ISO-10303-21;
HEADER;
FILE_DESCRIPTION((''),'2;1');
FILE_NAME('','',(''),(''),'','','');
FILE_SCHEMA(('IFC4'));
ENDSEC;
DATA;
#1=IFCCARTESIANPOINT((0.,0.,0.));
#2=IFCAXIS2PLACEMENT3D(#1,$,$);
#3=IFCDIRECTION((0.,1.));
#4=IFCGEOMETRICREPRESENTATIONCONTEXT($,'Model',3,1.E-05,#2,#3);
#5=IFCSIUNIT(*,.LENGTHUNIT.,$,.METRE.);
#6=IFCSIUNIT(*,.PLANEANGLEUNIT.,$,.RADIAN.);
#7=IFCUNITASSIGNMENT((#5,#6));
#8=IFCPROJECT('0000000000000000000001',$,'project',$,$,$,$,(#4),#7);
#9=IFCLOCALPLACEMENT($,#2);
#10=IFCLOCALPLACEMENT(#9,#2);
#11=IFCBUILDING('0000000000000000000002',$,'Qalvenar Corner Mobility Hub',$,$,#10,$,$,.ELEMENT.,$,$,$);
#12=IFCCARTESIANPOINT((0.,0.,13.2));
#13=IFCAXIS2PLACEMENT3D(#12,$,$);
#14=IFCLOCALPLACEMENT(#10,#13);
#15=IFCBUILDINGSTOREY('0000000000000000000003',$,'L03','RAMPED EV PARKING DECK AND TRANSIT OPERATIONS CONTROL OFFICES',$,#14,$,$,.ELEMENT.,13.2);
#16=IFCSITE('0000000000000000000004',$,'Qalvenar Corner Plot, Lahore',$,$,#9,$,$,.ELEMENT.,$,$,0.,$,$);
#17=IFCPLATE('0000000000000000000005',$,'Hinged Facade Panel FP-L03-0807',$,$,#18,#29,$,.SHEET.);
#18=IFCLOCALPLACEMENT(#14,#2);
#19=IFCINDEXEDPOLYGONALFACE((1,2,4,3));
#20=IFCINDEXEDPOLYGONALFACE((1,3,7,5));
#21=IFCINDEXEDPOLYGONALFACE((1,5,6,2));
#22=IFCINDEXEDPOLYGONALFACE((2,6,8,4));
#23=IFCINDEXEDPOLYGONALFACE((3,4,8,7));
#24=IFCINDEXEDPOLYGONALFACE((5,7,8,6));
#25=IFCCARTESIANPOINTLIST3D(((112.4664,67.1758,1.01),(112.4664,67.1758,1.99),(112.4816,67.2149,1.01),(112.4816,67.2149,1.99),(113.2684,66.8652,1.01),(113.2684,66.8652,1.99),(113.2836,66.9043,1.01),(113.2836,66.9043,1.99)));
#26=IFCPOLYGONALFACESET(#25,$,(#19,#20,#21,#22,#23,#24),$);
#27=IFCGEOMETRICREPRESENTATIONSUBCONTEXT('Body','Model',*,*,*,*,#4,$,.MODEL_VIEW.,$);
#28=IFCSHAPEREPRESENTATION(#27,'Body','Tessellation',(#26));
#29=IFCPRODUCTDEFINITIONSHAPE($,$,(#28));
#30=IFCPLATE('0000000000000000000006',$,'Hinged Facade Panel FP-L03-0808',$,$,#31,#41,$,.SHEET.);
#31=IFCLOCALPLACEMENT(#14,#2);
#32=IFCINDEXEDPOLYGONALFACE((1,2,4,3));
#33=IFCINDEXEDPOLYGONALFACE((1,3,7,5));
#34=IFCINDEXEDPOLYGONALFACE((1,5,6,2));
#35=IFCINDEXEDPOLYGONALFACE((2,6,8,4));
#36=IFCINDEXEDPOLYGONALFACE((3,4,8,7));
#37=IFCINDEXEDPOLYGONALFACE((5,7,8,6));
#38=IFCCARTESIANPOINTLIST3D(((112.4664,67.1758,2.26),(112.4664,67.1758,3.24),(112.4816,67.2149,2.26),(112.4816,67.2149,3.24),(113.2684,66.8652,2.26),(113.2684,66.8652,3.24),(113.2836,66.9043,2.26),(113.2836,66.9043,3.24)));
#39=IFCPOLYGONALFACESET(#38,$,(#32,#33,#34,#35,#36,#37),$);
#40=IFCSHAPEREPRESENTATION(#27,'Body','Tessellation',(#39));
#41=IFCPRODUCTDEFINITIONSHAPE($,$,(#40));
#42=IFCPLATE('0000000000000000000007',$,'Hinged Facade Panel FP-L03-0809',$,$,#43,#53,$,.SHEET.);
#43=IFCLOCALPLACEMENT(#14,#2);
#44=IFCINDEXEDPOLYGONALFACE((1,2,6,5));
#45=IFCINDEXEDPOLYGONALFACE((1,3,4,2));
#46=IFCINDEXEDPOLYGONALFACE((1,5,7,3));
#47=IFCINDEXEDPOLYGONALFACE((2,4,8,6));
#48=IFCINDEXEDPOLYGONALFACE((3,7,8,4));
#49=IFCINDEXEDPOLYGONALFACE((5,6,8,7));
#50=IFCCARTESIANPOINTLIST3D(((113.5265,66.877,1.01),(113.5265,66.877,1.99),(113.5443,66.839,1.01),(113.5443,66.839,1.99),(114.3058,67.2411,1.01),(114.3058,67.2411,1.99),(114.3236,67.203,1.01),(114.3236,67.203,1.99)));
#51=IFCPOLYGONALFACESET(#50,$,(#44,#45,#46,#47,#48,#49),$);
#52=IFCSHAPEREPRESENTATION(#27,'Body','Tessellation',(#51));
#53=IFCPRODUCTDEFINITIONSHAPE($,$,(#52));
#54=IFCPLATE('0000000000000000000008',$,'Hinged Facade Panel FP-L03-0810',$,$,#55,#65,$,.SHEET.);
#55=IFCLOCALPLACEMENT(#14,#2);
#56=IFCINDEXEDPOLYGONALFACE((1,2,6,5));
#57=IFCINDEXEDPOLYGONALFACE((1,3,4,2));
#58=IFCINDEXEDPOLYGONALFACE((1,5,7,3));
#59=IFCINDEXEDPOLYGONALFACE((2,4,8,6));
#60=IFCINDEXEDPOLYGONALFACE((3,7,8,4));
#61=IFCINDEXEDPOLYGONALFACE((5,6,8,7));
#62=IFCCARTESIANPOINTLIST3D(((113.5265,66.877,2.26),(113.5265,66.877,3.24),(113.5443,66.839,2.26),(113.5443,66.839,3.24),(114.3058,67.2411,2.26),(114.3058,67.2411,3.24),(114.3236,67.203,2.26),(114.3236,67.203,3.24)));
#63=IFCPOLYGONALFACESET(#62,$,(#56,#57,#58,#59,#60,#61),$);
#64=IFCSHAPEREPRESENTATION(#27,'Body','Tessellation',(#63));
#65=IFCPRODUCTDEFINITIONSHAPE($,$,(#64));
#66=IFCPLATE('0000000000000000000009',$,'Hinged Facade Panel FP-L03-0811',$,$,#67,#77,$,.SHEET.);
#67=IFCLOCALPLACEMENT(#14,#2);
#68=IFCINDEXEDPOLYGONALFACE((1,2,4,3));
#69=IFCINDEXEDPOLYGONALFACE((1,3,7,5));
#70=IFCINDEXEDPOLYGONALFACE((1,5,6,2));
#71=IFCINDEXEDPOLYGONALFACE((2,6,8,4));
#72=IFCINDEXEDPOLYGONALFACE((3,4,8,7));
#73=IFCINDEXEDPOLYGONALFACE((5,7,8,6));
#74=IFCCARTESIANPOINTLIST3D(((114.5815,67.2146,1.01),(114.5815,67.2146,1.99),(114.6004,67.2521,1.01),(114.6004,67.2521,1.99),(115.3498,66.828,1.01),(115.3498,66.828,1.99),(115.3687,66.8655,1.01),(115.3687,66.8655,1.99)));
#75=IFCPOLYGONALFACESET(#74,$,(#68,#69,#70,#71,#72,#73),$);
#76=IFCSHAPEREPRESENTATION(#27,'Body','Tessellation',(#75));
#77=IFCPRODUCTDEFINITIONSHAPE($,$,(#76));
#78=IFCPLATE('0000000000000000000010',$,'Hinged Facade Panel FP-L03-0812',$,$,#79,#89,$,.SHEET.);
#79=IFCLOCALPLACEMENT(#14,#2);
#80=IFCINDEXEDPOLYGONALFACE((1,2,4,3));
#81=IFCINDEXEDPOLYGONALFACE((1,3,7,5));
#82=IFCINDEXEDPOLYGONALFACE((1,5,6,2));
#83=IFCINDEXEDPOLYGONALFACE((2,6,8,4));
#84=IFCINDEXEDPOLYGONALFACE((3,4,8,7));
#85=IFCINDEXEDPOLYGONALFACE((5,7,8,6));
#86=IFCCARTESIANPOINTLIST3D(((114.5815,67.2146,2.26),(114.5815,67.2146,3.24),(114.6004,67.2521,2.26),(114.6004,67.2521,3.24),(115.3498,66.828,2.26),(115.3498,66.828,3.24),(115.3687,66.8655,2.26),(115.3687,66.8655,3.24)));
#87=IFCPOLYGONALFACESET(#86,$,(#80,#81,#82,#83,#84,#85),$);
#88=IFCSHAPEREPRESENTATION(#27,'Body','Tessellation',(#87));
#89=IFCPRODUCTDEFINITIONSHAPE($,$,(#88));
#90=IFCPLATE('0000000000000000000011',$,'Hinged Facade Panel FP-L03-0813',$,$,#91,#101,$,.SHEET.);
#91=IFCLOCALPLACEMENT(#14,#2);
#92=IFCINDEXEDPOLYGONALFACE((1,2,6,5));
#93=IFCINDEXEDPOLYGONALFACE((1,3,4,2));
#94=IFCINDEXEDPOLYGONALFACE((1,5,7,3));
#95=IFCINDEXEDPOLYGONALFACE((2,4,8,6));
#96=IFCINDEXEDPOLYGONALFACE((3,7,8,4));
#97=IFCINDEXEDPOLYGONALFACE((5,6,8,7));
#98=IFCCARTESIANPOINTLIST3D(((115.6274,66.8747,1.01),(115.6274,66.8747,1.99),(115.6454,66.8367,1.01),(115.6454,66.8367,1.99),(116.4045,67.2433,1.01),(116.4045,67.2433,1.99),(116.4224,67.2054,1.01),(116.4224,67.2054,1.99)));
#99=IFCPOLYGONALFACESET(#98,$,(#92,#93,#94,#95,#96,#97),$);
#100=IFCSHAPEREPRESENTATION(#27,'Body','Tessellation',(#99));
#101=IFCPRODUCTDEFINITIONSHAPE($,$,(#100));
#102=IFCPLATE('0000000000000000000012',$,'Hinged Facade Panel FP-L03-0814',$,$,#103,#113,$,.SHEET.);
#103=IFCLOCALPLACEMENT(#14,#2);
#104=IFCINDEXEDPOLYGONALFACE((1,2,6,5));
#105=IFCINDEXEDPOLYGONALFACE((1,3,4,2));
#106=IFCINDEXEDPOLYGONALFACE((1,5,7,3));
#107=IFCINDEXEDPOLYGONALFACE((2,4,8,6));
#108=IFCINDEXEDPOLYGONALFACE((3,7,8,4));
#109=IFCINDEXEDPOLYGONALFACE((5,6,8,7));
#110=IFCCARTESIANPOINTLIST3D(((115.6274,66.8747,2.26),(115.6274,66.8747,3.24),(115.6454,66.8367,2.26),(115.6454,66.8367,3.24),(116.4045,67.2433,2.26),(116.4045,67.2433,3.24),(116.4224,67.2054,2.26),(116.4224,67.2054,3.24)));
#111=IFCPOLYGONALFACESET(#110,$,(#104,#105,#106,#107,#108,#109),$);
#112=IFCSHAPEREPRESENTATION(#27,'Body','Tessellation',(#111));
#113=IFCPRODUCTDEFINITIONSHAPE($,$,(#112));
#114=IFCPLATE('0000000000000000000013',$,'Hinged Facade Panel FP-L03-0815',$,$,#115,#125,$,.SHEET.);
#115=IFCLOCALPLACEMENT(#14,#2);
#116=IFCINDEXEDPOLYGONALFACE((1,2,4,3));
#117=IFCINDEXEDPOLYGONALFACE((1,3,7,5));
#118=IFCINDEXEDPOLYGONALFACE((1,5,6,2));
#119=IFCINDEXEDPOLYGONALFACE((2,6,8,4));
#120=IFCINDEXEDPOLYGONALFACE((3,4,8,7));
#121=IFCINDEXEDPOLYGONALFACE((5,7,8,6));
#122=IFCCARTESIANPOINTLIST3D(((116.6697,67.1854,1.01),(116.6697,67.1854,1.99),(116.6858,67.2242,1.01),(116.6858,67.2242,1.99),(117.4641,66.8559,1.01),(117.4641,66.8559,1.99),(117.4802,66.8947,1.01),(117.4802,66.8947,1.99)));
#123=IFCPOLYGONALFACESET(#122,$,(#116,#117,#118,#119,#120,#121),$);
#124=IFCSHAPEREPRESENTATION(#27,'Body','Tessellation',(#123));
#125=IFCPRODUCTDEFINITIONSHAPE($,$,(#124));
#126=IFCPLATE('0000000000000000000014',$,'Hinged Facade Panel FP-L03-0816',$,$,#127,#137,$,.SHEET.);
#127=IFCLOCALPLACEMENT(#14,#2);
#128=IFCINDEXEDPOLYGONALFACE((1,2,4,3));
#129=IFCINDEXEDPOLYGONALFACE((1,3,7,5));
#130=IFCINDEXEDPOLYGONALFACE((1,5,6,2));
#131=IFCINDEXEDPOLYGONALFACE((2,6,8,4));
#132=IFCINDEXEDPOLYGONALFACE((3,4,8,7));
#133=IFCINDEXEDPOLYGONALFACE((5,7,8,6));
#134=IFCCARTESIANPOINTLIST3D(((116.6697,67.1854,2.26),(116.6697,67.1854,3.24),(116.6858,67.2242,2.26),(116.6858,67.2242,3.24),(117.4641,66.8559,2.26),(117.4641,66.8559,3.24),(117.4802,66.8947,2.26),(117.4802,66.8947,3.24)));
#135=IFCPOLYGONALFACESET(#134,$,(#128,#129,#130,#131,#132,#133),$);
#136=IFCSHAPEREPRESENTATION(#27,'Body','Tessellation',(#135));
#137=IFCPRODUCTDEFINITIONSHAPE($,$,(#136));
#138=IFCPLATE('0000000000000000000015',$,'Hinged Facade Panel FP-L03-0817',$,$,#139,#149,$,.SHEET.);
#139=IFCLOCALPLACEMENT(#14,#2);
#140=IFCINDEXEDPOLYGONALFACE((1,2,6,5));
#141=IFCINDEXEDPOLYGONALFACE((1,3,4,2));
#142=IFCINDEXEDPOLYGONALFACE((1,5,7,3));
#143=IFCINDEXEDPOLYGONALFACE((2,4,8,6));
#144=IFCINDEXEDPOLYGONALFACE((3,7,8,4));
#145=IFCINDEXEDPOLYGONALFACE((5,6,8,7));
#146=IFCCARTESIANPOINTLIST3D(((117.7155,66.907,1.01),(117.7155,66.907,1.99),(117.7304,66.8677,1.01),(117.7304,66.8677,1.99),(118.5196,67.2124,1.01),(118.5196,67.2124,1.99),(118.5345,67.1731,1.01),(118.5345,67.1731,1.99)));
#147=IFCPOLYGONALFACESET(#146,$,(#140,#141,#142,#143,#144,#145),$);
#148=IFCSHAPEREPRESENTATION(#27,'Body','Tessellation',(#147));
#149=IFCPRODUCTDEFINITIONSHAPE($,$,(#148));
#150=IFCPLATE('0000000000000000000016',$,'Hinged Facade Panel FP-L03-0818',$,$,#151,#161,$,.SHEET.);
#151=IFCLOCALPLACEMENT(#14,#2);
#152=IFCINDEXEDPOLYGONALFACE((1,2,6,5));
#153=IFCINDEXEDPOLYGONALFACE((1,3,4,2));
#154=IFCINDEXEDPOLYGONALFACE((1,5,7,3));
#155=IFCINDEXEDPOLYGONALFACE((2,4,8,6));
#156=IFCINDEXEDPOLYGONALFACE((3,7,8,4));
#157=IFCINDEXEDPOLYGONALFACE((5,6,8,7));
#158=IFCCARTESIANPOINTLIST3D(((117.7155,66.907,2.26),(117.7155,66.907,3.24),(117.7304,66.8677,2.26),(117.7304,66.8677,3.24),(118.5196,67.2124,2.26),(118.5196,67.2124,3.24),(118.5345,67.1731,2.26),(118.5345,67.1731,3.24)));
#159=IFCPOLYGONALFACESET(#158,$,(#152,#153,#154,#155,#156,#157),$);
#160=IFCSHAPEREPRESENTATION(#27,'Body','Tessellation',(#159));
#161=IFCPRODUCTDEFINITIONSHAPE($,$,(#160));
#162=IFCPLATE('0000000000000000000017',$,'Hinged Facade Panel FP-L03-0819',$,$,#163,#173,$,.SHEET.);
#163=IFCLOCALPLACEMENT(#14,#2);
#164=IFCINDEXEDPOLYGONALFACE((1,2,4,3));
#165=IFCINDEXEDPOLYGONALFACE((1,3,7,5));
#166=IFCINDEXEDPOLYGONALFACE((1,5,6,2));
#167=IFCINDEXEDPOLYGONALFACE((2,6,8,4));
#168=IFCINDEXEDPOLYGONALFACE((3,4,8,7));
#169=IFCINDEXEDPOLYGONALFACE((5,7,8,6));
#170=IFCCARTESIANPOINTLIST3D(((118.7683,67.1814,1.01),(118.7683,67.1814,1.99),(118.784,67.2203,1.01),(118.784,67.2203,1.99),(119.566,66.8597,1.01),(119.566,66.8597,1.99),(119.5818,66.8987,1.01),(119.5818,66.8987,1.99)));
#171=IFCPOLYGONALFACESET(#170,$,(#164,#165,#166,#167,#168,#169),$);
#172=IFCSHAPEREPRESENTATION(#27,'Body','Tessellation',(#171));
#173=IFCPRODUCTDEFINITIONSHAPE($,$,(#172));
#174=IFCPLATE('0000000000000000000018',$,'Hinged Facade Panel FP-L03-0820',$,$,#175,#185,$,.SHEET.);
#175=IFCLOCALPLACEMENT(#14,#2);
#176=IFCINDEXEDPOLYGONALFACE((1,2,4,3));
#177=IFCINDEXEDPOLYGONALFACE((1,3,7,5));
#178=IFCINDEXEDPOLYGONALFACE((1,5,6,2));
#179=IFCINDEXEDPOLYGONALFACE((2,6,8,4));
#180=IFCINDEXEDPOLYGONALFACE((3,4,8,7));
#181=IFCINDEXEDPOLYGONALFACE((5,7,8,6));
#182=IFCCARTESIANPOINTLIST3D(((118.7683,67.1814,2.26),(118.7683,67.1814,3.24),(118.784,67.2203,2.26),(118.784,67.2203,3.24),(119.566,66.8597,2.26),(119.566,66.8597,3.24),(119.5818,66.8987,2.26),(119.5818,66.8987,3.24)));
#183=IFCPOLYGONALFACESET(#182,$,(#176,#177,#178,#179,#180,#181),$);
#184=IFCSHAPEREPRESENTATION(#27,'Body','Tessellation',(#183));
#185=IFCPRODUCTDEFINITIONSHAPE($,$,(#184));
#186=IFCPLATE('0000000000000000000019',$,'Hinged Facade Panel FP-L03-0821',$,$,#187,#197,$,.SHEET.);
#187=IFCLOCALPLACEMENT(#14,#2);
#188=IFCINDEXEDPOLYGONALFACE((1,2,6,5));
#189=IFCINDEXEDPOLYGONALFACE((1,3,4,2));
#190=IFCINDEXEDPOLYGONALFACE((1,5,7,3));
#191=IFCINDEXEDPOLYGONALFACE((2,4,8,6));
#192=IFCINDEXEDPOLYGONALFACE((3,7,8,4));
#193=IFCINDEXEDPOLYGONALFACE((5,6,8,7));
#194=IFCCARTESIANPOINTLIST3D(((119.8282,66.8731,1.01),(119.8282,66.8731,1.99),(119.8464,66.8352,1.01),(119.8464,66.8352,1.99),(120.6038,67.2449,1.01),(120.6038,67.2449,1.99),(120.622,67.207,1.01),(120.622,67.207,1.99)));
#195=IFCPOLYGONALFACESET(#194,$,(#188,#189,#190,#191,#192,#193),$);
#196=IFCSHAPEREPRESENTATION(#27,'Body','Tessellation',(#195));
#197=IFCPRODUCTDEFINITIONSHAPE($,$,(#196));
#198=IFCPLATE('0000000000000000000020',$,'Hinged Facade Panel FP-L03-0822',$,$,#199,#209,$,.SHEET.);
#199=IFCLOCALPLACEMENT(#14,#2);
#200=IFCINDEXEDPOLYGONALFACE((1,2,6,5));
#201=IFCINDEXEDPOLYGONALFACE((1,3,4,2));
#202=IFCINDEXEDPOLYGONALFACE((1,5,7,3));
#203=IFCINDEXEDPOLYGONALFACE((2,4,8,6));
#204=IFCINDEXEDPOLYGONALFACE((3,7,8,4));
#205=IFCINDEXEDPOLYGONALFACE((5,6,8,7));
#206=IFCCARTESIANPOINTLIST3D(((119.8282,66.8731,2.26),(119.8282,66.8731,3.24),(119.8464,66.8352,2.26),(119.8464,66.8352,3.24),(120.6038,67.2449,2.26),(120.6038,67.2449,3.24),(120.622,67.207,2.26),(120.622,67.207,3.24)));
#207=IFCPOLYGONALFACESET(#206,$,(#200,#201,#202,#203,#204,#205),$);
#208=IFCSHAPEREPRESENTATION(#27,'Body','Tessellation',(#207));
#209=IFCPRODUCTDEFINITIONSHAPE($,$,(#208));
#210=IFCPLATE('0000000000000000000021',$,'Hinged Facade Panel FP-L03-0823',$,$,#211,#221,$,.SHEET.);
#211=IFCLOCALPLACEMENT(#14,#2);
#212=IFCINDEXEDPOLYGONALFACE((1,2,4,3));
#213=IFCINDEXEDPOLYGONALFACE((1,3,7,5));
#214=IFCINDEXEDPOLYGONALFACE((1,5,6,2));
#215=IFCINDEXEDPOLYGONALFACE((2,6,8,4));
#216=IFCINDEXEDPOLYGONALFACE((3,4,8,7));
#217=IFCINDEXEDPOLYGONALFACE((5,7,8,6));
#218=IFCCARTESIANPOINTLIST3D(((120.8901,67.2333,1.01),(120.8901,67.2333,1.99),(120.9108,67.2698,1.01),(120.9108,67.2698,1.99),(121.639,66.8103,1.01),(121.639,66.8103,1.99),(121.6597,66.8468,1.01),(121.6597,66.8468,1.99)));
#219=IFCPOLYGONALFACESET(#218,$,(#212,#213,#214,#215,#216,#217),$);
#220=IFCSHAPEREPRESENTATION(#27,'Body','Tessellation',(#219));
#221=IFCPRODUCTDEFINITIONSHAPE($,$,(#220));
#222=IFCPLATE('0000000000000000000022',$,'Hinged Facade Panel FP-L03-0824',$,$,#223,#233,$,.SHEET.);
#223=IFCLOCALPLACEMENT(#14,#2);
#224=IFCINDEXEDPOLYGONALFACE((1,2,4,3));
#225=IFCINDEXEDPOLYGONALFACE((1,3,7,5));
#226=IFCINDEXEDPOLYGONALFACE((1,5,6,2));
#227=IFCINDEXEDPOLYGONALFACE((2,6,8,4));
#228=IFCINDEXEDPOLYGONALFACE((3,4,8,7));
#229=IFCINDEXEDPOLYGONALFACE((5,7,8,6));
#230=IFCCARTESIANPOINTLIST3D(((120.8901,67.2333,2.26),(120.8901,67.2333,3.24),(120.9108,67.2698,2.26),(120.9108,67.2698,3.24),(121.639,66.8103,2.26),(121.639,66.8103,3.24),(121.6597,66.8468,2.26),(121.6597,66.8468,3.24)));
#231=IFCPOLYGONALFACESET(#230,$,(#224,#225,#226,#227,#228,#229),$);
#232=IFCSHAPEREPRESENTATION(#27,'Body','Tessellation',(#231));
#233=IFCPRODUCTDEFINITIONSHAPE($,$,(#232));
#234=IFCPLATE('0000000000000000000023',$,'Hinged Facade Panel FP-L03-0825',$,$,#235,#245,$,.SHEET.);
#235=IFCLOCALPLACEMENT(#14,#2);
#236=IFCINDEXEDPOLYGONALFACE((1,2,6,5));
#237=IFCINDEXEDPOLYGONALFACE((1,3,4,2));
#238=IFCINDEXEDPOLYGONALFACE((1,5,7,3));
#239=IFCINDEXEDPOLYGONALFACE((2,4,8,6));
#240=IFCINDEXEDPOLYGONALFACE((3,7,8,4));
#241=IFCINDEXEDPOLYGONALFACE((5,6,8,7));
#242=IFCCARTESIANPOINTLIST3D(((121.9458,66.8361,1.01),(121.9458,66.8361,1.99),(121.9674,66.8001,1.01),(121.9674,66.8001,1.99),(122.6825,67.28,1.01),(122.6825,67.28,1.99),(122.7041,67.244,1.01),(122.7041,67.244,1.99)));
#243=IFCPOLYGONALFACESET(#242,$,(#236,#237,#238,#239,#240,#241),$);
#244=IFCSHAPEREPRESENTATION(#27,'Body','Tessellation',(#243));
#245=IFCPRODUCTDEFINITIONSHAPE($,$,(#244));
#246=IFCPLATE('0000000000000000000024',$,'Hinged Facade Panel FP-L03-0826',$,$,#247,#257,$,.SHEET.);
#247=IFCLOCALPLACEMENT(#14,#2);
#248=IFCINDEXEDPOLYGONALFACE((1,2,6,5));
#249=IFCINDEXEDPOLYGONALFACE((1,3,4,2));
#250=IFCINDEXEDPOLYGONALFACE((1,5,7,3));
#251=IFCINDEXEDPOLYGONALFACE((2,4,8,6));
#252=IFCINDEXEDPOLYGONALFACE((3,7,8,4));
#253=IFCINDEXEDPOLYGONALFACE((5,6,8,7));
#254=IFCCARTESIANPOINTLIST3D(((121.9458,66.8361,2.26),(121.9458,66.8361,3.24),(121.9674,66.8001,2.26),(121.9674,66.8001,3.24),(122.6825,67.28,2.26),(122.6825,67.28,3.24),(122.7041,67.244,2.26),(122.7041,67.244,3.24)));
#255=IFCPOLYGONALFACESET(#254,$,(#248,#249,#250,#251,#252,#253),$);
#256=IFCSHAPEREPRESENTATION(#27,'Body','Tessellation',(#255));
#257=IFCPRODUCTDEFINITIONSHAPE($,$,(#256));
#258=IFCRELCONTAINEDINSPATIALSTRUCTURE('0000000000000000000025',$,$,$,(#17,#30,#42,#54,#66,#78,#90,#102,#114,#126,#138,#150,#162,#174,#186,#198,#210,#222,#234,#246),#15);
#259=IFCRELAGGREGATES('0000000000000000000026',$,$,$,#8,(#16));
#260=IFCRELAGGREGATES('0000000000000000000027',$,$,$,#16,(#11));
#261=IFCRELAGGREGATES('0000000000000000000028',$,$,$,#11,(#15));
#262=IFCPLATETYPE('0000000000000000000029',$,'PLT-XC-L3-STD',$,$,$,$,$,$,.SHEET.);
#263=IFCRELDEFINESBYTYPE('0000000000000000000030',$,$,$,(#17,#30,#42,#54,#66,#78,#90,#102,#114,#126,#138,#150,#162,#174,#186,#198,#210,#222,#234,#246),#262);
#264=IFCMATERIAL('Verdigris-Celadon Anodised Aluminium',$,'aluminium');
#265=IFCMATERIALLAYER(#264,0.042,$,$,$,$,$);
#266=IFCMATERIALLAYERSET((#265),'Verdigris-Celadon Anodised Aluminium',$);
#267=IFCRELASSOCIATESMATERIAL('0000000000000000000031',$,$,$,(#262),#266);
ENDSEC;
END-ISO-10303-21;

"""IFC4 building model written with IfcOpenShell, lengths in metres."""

from ifc_helpers import new_model, si_unit, direction, frame, origin, origin_2d, place, context, subcontext, project, spatial, rectangle, extrude, material, layer, layer_set, type_object, element, save


model = new_model("IFC4")

# Units and contexts
model_context = context("Model", 3, precision=1e-05, world=origin(), true_north=direction((0.0, 1.0)))
body_context = subcontext(model_context, "Body", "Model", "MODEL_VIEW")
ifc_project = project(units=[si_unit("LENGTHUNIT", "METRE"), si_unit("PLANEANGLEUNIT", "RADIAN")], contexts=[model_context])

# Site, building, storey
site_placement = place(None, origin())
site = spatial("IfcSite", under=ifc_project, at=site_placement, Name="Qalvenar Corner Plot, Lahore", CompositionType="ELEMENT", RefElevation=0.0)
building_placement = place(site_placement, origin())
building = spatial("IfcBuilding", under=site, at=building_placement, Name="Qalvenar Corner Mobility Hub", CompositionType="ELEMENT")
storey_placement = place(building_placement, frame((0.0, 0.0, 13.2)))
storey = spatial("IfcBuildingStorey", under=building, at=storey_placement, Name="L03", Description="RAMPED EV PARKING DECK AND TRANSIT OPERATIONS CONTROL OFFICES", CompositionType="ELEMENT", Elevation=13.2)

# Plates
ifc_material = material(Name="Verdigris-Celadon Anodised Aluminium", Category="aluminium")
ifc_layer = layer(ifc_material, 0.042)
ifc_layer_set = layer_set([ifc_layer], Name="Verdigris-Celadon Anodised Aluminium")
plate_type = type_object("IfcPlateType", Name="PLT-XC-L3-STD", PredefinedType="SHEET", material=ifc_layer_set)
for number, where, z_axis, x_axis, name in (
    (1, (112.875, 67.04, 1.01), (0.0, 0.0, 1.0), (0.932513, -0.361136, 0.0), "Hinged Facade Panel FP-L03-0807"),
    (2, (112.875, 67.04, 2.26), (0.0, 0.0, 1.0), (0.932513, -0.361136, 0.0), "Hinged Facade Panel FP-L03-0808"),
    (3, (113.925, 67.04, 1.01), (0.0, 0.0, 1.0), (0.906013, 0.423251, 0.0), "Hinged Facade Panel FP-L03-0809"),
    (4, (113.925, 67.04, 2.26), (0.0, 0.0, 1.0), (0.906013, 0.423251, 0.0), "Hinged Facade Panel FP-L03-0810"),
    (5, (114.9751, 67.04, 1.01), (0.0, 0.0, 1.0), (0.893293, -0.449475, 0.0), "Hinged Facade Panel FP-L03-0811"),
    (6, (114.9751, 67.04, 2.26), (0.0, 0.0, 1.0), (0.893293, -0.449475, 0.0), "Hinged Facade Panel FP-L03-0812"),
    (7, (116.0249, 67.04, 1.01), (0.0, 0.0, 1.0), (0.903485, 0.42862, 0.0), "Hinged Facade Panel FP-L03-0813"),
    (8, (116.0249, 67.04, 2.26), (0.0, 0.0, 1.0), (0.903485, 0.42862, 0.0), "Hinged Facade Panel FP-L03-0814"),
    (9, (117.075, 67.04, 1.01), (0.0, 0.0, 1.0), (0.923679, -0.383167, 0.0), "Hinged Facade Panel FP-L03-0815"),
    (10, (117.075, 67.04, 2.26), (0.0, 0.0, 1.0), (0.923679, -0.383167, 0.0), "Hinged Facade Panel FP-L03-0816"),
    (11, (118.125, 67.04, 1.01), (0.0, 0.0, 1.0), (0.934826, 0.355107, 0.0), "Hinged Facade Panel FP-L03-0817"),
    (12, (118.125, 67.04, 2.26), (0.0, 0.0, 1.0), (0.934826, 0.355107, 0.0), "Hinged Facade Panel FP-L03-0818"),
    (13, (119.175, 67.04, 1.01), (0.0, 0.0, 1.0), (0.927445, -0.373959, 0.0), "Hinged Facade Panel FP-L03-0819"),
    (14, (119.175, 67.04, 2.26), (0.0, 0.0, 1.0), (0.927445, -0.373959, 0.0), "Hinged Facade Panel FP-L03-0820"),
    (15, (120.2251, 67.04, 1.01), (0.0, 0.0, 1.0), (0.901757, 0.432243, 0.0), "Hinged Facade Panel FP-L03-0821"),
    (16, (120.2251, 67.04, 2.26), (0.0, 0.0, 1.0), (0.901757, 0.432243, 0.0), "Hinged Facade Panel FP-L03-0822"),
    (17, (121.2749, 67.04, 1.01), (0.0, 0.0, 1.0), (0.870699, -0.491816, 0.0), "Hinged Facade Panel FP-L03-0823"),
    (18, (121.2749, 67.04, 2.26), (0.0, 0.0, 1.0), (0.870699, -0.491816, 0.0), "Hinged Facade Panel FP-L03-0824"),
    (19, (122.325, 67.04, 1.01), (0.0, 0.0, 1.0), (0.856537, 0.516085, 0.0), "Hinged Facade Panel FP-L03-0825"),
    (20, (122.325, 67.04, 2.26), (0.0, 0.0, 1.0), (0.856537, 0.516085, 0.0), "Hinged Facade Panel FP-L03-0826"),
):
    element("IfcPlate", number, at=place(storey_placement, frame(where, z_axis=z_axis, x_axis=x_axis)), inside=storey, type_object=plate_type, Name=name, PredefinedType="SHEET", context=body_context, shape_type="SweptSolid", body=[
        extrude(rectangle(XDim=0.8601, YDim=0.042, at=origin_2d()), origin(), (0.0, 0.0, 1.0), 0.98),
    ])

save(model, "model.ifc")
